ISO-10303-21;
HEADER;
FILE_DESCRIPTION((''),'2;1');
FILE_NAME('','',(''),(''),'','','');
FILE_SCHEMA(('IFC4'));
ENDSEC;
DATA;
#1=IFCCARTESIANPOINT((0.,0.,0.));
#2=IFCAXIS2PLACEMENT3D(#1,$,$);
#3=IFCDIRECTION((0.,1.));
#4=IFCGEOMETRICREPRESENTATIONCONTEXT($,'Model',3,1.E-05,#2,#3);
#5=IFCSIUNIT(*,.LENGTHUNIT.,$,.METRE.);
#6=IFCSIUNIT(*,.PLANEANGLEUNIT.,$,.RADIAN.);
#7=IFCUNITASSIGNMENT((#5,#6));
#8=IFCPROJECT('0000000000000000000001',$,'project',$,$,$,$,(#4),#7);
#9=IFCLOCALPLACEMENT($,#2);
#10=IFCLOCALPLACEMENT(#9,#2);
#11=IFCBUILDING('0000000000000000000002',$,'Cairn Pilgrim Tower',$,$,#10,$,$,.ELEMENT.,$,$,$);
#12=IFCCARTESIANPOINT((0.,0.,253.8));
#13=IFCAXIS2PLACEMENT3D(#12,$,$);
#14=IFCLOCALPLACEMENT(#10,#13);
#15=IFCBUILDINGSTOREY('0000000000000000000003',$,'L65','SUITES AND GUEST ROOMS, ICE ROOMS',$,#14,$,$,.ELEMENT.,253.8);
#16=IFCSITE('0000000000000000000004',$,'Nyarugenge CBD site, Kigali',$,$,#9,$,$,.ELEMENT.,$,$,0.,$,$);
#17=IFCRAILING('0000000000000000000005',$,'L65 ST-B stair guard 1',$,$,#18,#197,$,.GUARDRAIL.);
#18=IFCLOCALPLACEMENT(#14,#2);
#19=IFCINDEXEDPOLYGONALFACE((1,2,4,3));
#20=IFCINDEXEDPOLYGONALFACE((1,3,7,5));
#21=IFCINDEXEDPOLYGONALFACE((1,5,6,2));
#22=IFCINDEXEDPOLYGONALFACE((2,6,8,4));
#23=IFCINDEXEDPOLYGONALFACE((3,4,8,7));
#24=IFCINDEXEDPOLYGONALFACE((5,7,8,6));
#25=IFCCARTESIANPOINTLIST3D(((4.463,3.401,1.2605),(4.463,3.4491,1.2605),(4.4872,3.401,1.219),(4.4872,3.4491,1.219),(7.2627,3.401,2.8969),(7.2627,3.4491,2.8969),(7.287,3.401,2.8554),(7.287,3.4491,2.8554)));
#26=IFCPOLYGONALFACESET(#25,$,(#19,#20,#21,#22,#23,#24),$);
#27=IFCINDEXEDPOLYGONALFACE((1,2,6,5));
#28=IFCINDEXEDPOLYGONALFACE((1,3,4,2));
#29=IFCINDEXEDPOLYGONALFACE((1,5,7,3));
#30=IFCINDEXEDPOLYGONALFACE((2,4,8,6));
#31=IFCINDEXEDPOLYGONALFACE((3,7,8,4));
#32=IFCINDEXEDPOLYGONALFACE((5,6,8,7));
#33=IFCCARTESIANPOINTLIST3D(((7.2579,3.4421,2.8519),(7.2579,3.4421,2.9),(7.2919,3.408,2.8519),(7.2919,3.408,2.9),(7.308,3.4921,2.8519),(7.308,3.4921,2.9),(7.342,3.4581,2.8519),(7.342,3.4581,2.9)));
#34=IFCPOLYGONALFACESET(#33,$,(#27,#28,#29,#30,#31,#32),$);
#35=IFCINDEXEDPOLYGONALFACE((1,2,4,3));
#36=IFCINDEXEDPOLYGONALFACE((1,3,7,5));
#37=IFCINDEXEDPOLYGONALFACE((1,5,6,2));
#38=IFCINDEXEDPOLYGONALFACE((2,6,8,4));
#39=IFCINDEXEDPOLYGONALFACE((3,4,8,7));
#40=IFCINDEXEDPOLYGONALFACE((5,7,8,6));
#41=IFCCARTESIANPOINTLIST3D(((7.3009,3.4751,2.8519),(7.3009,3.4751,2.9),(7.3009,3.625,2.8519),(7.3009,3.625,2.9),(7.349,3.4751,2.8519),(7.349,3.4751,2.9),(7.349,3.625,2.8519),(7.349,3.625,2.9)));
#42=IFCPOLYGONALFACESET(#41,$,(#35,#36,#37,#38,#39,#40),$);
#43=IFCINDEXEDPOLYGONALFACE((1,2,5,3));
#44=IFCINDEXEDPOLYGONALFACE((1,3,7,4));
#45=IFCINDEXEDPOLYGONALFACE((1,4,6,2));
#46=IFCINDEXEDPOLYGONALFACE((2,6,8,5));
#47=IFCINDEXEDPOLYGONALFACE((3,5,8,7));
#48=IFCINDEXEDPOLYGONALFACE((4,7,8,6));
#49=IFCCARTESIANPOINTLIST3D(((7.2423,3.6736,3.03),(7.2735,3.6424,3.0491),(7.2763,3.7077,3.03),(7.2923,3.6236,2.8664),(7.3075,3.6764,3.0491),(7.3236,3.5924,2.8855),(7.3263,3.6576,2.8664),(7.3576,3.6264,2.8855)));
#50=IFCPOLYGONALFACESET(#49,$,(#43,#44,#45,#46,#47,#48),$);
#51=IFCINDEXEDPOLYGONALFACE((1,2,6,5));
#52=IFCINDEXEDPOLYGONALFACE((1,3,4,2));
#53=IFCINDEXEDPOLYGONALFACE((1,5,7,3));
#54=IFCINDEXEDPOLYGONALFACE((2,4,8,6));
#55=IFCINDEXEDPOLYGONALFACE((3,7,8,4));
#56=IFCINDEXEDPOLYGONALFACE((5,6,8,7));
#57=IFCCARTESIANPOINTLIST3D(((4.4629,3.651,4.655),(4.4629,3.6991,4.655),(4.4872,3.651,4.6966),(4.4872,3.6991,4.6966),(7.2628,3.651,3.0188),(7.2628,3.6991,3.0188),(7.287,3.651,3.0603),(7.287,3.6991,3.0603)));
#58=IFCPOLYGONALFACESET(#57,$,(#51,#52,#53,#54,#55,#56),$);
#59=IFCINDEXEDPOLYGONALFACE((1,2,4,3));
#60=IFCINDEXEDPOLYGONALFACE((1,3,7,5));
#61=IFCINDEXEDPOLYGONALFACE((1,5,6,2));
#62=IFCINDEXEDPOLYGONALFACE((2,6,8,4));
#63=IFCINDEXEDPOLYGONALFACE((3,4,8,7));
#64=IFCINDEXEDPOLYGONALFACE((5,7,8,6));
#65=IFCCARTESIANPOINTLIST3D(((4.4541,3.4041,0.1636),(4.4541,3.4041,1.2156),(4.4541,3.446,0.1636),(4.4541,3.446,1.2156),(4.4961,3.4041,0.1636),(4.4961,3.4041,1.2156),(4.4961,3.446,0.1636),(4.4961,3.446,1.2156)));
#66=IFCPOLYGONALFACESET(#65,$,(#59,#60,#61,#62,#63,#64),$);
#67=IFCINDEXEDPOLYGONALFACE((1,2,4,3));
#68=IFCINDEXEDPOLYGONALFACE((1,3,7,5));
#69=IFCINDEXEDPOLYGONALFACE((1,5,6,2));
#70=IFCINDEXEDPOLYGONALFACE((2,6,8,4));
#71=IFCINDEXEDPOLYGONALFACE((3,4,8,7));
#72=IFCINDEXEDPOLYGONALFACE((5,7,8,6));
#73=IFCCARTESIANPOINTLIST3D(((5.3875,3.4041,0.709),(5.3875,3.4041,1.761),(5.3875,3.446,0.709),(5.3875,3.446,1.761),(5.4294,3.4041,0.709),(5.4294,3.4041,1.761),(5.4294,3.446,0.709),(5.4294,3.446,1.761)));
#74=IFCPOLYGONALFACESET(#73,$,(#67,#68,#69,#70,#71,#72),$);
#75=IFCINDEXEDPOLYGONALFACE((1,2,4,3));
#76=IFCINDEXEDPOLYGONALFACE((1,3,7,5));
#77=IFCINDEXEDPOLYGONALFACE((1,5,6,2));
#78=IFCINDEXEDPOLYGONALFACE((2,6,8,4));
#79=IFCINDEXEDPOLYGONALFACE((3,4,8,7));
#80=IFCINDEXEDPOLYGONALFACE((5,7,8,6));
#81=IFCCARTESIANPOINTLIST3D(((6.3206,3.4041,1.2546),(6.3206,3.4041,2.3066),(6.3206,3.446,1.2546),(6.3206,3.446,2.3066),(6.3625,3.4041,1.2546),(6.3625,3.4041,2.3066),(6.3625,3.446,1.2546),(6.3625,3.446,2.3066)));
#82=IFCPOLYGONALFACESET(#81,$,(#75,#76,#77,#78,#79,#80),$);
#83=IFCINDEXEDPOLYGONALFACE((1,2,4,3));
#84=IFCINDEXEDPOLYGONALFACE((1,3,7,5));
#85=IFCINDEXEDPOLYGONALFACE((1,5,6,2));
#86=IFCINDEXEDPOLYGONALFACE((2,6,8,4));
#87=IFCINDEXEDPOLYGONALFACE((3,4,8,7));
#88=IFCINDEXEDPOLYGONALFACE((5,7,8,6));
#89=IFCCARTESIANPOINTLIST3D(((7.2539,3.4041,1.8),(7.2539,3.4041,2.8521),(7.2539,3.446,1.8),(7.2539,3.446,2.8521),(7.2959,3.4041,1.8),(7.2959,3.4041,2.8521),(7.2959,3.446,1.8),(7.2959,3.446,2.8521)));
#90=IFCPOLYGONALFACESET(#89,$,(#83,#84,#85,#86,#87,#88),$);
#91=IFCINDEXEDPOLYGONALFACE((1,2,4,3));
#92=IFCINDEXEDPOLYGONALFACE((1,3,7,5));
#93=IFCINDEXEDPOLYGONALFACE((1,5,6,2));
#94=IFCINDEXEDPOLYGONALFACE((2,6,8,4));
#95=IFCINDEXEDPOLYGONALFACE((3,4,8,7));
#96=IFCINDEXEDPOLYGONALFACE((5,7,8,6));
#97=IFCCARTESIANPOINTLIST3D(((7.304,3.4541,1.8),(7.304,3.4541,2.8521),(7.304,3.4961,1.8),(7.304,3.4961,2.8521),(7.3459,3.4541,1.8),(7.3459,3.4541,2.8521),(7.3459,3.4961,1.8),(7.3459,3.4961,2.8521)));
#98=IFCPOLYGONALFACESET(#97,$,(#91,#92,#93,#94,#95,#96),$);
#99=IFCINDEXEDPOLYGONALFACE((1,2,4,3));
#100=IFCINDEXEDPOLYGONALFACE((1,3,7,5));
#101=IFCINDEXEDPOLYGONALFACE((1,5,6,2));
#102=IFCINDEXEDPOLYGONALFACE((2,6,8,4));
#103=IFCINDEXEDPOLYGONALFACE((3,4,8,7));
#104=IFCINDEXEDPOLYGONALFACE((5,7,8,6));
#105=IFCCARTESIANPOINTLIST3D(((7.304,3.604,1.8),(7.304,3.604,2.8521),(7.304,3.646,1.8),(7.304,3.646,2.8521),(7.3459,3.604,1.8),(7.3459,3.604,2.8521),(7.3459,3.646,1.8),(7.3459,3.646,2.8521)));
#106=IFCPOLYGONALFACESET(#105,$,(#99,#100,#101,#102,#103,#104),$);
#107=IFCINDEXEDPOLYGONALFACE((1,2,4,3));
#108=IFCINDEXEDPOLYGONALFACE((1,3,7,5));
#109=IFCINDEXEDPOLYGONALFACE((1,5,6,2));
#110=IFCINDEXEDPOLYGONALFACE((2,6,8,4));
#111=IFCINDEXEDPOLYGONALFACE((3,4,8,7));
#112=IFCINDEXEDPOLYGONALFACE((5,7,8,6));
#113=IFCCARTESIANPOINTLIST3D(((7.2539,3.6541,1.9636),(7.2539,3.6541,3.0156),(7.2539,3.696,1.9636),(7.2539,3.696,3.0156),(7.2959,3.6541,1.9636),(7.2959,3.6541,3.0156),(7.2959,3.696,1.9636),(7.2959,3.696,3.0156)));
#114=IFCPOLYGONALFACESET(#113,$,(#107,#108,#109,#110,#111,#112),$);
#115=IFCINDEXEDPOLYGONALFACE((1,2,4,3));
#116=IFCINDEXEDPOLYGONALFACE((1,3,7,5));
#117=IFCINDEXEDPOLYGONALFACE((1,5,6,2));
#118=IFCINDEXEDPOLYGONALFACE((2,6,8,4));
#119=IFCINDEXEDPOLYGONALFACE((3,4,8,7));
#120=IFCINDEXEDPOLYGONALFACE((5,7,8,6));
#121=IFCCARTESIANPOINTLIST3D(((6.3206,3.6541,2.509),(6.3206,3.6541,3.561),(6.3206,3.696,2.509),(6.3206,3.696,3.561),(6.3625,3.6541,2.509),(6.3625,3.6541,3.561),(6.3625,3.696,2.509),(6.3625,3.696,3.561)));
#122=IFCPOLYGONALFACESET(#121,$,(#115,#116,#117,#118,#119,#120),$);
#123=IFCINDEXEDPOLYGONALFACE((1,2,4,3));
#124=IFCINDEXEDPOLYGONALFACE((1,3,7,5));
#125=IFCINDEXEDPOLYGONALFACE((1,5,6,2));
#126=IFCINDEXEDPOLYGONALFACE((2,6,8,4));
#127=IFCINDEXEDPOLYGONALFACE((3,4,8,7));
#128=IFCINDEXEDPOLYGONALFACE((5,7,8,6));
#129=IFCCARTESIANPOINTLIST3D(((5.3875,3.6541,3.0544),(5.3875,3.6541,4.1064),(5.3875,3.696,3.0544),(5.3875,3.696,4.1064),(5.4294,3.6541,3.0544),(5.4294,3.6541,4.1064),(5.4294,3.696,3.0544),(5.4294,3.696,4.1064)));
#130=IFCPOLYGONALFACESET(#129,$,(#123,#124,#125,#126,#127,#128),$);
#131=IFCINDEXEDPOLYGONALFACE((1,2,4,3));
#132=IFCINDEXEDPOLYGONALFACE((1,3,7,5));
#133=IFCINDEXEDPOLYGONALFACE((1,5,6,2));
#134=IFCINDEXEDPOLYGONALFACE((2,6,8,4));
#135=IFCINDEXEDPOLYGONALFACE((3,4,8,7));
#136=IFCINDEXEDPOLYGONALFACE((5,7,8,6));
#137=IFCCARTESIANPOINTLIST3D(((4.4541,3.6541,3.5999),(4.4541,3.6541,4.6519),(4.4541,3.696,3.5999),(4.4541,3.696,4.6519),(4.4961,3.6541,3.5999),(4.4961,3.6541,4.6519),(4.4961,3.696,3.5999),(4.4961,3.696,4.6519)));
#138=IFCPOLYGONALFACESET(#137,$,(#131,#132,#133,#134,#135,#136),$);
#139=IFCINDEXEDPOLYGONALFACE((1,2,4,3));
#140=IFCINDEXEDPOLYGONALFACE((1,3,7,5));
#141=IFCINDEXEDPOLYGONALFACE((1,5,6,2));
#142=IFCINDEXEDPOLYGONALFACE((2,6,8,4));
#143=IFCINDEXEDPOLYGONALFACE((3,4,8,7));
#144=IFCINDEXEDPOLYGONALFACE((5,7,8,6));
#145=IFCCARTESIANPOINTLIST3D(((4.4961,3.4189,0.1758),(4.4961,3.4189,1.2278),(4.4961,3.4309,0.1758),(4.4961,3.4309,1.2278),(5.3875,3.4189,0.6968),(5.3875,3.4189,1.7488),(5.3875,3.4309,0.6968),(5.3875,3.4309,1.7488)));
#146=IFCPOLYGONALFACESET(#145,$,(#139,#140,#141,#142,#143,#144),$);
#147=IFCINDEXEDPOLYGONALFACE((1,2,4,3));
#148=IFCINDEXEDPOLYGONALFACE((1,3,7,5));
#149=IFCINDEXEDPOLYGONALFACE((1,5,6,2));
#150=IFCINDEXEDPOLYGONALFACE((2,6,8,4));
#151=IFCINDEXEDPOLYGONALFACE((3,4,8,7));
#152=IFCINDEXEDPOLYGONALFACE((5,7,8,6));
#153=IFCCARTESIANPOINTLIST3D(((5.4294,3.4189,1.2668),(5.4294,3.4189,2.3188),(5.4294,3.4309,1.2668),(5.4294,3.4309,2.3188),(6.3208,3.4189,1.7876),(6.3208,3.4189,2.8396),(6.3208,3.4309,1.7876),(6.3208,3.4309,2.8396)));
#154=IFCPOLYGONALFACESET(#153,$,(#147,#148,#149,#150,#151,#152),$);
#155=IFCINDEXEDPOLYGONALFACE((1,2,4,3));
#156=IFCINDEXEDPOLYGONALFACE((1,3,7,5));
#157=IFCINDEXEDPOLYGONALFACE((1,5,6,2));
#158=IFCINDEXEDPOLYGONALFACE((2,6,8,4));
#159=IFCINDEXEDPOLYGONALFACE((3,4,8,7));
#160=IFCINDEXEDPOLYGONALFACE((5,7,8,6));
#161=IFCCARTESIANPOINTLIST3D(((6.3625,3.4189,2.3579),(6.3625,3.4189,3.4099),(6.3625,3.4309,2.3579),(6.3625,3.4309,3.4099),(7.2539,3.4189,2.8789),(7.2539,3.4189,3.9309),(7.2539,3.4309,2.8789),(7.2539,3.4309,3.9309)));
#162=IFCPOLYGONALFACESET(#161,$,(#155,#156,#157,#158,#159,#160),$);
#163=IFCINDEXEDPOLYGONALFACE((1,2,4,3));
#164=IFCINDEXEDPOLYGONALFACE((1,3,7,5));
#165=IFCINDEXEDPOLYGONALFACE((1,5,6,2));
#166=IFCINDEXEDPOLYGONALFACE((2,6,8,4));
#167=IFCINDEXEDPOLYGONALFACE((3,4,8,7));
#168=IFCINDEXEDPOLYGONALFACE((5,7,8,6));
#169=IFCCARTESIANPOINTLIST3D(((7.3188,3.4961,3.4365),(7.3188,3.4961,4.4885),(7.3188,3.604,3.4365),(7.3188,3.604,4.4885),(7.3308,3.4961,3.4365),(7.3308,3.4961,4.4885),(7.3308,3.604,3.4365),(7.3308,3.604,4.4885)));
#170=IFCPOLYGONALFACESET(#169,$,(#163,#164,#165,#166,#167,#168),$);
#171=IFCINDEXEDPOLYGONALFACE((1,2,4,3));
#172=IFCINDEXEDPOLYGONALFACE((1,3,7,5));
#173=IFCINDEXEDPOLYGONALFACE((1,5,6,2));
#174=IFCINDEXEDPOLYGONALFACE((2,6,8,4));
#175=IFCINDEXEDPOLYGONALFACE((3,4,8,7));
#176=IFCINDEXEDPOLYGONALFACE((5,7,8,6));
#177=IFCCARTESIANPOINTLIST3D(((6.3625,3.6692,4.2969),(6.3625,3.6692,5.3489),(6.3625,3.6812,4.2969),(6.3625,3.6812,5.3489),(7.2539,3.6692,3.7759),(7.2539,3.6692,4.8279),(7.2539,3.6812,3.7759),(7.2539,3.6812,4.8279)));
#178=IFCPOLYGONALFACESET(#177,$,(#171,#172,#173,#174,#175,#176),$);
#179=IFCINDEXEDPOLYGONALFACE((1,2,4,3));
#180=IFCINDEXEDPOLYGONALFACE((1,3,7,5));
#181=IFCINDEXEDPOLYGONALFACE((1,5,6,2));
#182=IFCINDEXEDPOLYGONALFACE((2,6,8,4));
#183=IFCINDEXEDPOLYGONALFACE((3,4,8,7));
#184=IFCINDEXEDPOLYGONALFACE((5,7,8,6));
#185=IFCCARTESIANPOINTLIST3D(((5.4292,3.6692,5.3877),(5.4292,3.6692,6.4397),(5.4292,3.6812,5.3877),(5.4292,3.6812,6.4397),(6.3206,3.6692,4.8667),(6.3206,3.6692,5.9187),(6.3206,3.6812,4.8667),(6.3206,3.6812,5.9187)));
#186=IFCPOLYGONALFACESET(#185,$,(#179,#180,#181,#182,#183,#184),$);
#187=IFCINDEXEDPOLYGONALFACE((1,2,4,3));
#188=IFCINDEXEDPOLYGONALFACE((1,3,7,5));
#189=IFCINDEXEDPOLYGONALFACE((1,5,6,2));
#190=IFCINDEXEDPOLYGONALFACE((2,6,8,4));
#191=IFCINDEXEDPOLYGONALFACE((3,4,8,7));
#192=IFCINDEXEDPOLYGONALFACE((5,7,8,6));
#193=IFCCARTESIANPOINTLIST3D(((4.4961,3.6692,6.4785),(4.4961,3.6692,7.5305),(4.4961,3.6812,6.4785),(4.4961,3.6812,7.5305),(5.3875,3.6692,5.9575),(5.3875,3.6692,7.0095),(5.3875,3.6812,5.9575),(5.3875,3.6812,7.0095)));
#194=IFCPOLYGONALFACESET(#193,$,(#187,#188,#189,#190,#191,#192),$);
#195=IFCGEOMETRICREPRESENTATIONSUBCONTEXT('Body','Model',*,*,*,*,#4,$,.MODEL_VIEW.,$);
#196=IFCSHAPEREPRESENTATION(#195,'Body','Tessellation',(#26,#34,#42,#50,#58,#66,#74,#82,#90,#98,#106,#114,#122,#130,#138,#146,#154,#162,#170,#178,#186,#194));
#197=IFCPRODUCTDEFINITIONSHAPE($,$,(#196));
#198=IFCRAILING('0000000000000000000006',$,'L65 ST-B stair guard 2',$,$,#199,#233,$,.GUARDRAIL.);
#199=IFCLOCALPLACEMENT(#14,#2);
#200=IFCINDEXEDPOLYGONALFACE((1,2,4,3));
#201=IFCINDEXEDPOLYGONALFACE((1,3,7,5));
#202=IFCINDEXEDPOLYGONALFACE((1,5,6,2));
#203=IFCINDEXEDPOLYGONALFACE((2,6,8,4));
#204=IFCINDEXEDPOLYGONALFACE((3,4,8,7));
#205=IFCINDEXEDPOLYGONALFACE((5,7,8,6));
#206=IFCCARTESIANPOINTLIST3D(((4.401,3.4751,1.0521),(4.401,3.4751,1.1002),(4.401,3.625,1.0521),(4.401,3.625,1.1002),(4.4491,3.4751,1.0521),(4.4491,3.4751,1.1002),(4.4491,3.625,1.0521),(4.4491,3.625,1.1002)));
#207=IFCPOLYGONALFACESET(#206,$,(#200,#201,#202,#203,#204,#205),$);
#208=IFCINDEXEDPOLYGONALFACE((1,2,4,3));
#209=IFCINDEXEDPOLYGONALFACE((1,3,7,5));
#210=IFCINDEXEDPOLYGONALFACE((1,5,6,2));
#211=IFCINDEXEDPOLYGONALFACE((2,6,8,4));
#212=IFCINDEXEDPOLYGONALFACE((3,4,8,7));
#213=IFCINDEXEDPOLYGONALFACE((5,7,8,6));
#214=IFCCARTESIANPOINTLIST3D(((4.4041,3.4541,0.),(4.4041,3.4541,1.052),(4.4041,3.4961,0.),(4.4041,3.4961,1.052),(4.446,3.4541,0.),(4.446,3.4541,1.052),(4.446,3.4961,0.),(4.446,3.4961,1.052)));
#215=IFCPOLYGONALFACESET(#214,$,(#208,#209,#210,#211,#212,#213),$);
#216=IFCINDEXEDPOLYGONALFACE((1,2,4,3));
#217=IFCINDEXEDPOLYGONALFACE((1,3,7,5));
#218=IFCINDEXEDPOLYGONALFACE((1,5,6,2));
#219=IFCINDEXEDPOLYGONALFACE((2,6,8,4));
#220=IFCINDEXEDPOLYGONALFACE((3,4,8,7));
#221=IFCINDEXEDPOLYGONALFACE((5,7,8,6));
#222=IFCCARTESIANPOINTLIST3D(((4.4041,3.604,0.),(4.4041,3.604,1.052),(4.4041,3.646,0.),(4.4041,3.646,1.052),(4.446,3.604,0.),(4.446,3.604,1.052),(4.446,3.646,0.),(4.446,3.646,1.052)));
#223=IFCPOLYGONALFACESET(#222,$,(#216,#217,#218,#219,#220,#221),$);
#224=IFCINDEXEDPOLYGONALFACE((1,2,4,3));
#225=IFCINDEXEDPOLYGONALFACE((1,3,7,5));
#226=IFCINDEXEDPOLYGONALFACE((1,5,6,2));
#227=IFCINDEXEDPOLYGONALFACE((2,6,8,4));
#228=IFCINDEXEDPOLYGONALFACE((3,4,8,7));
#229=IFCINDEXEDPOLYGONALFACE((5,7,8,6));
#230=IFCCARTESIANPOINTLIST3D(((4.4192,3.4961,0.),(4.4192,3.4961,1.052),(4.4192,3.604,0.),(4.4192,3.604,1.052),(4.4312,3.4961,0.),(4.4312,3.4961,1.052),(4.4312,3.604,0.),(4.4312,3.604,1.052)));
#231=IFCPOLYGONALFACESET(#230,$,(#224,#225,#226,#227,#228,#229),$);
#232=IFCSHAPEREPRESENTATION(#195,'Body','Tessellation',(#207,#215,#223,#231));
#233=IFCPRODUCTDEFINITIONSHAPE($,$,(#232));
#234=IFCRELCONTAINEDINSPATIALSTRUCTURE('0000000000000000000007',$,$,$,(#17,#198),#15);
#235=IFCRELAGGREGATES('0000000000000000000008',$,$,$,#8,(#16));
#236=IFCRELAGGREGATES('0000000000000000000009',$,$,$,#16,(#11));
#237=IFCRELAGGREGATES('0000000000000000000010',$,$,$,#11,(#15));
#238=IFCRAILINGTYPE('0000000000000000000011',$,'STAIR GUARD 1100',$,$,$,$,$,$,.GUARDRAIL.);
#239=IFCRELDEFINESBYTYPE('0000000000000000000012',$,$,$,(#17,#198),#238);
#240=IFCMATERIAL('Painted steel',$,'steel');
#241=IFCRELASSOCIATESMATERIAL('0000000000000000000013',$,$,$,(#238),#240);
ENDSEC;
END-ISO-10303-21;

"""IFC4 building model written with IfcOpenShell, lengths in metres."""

from ifc_helpers import new_model, si_unit, direction, frame, origin, origin_2d, place, context, subcontext, project, spatial, polyline, rectangle, outline, extrude, material, type_object, element, save


model = new_model("IFC4")

# Units and contexts
model_context = context("Model", 3, precision=1e-05, world=origin(), true_north=direction((0.0, 1.0)))
body_context = subcontext(model_context, "Body", "Model", "MODEL_VIEW")
ifc_project = project(units=[si_unit("LENGTHUNIT", "METRE"), si_unit("PLANEANGLEUNIT", "RADIAN")], contexts=[model_context])

# Site, building, storey
site_placement = place(None, origin())
site = spatial("IfcSite", under=ifc_project, at=site_placement, Name="Nyarugenge CBD site, Kigali", CompositionType="ELEMENT", RefElevation=0.0)
building_placement = place(site_placement, origin())
building = spatial("IfcBuilding", under=site, at=building_placement, Name="Cairn Pilgrim Tower", CompositionType="ELEMENT")
storey_placement = place(building_placement, frame((0.0, 0.0, 253.8)))
storey = spatial("IfcBuildingStorey", under=building, at=storey_placement, Name="L65", Description="SUITES AND GUEST ROOMS, ICE ROOMS", CompositionType="ELEMENT", Elevation=253.8)

# Shared definitions
ifc_material_1 = material(Name="Painted steel", Category="steel")

# Railings
railing_type_1 = type_object("IfcRailingType", Name="STAIR GUARD 1100", PredefinedType="GUARDRAIL", material=ifc_material_1)
railing_1_placement = place(storey_placement, frame((4.4751, 3.425, 0.1636)))
element("IfcRailing", 1, at=railing_1_placement, inside=storey, type_object=railing_type_1, Name="L65 ST-B stair guard 1", PredefinedType="GUARDRAIL", context=body_context, shape_type="SweptSolid", body=[
    extrude(rectangle(XDim=0.0481, YDim=0.0481, at=origin_2d()), frame((0.0, 0.0, 1.0762), z_axis=(0.863342, 0.0, 0.50462), x_axis=(0.0, 1.0, 0.0)), (0.0, 0.0, 1.0), 3.2429),
    extrude(rectangle(XDim=0.0481, YDim=0.0481, at=origin_2d()), frame((2.7998, 0.0, 2.7124), z_axis=(0.707107, 0.707107, 0.0), x_axis=(-0.707107, 0.707107, 0.0)), (0.0, 0.0, 1.0), 0.0708),
    extrude(rectangle(XDim=0.0481, YDim=0.0481, at=origin_2d()), frame((2.8499, 0.05, 2.7124), z_axis=(0.0, 1.0, 0.0), x_axis=(-1.0, 0.0, 0.0)), (0.0, 0.0, 1.0), 0.1499),
    extrude(rectangle(XDim=0.0481, YDim=0.0481, at=origin_2d()), frame((2.8499, 0.2, 2.7124), z_axis=(-0.280809, 0.280809, 0.917765), x_axis=(-0.707107, -0.707107, 0.0)), (0.0, 0.0, 1.0), 0.1782),
    extrude(rectangle(XDim=0.0481, YDim=0.0481, at=origin_2d()), frame((2.7998, 0.25, 2.876), z_axis=(-0.863374, 0.0, 0.504564), x_axis=(0.0, -1.0, 0.0)), (0.0, 0.0, 1.0), 3.2429),
    extrude(rectangle(XDim=0.042, YDim=0.042, at=origin_2d()), origin(), (0.0, 0.0, 1.0), 1.052),
    extrude(rectangle(XDim=0.042, YDim=0.042, at=origin_2d()), frame((0.9333, 0.0, 0.5454)), (0.0, 0.0, 1.0), 1.052),
    extrude(rectangle(XDim=0.042, YDim=0.042, at=origin_2d()), frame((1.8665, 0.0, 1.0911)), (0.0, 0.0, 1.0), 1.052),
    extrude(rectangle(XDim=0.042, YDim=0.042, at=origin_2d()), frame((2.7998, 0.0, 1.6365)), (0.0, 0.0, 1.0), 1.052),
    extrude(rectangle(XDim=0.042, YDim=0.042, at=origin_2d()), frame((2.8499, 0.05, 1.6365)), (0.0, 0.0, 1.0), 1.052),
    extrude(rectangle(XDim=0.042, YDim=0.042, at=origin_2d()), frame((2.8499, 0.2, 1.6365)), (0.0, 0.0, 1.0), 1.052),
    extrude(rectangle(XDim=0.042, YDim=0.042, at=origin_2d()), frame((2.7998, 0.25, 1.8)), (0.0, 0.0, 1.0), 1.052),
    extrude(rectangle(XDim=0.042, YDim=0.042, at=origin_2d()), frame((1.8665, 0.25, 2.3455)), (0.0, 0.0, 1.0), 1.052),
    extrude(rectangle(XDim=0.042, YDim=0.042, at=origin_2d()), frame((0.9333, 0.25, 2.8909)), (0.0, 0.0, 1.0), 1.052),
    extrude(rectangle(XDim=0.042, YDim=0.042, at=origin_2d()), frame((0.0, 0.25, 3.4363)), (0.0, 0.0, 1.0), 1.052),
    extrude(outline(polyline([(0.021, 0.0122), (0.9124, 0.5332), (0.9124, 1.5852), (0.021, 1.0642), (0.021, 0.0122)])), frame((0.0, 0.0059, 0.0), z_axis=(0.0, -1.0, 0.0), x_axis=(1.0, 0.0, 0.0)), (0.0, 0.0, 1.0), 0.012),
    extrude(outline(polyline([(0.021, 0.5579), (0.9124, 1.0786), (0.9124, 2.1306), (0.021, 1.6099), (0.021, 0.5579)])), frame((0.9333, 0.0059, 0.5454), z_axis=(0.0, -1.0, 0.0), x_axis=(1.0, 0.0, 0.0)), (0.0, 0.0, 1.0), 0.012),
    extrude(outline(polyline([(0.021, 1.1033), (0.9124, 1.6243), (0.9124, 2.6763), (0.021, 2.1553), (0.021, 1.1033)])), frame((1.8665, 0.0059, 1.0911), z_axis=(0.0, -1.0, 0.0), x_axis=(1.0, 0.0, 0.0)), (0.0, 0.0, 1.0), 0.012),
    extrude(outline(polyline([(0.021, 1.6365), (0.1289, 1.6365), (0.1289, 2.6885), (0.021, 2.6885), (0.021, 1.6365)])), frame((2.8438, 0.05, 1.6365), z_axis=(1.0, 0.0, 0.0), x_axis=(0.0, 1.0, 0.0)), (0.0, 0.0, 1.0), 0.012),
    extrude(outline(polyline([(0.021, 1.8123), (0.9124, 2.3333), (0.9124, 3.3853), (0.021, 2.8643), (0.021, 1.8123)])), frame((2.7998, 0.2441, 1.8), z_axis=(0.0, 1.0, 0.0), x_axis=(-1.0, 0.0, 0.0)), (0.0, 0.0, 1.0), 0.012),
    extrude(outline(polyline([(0.021, 2.3577), (0.9124, 2.8787), (0.9124, 3.9307), (0.021, 3.4097), (0.021, 2.3577)])), frame((1.8665, 0.2441, 2.3455), z_axis=(0.0, 1.0, 0.0), x_axis=(-1.0, 0.0, 0.0)), (0.0, 0.0, 1.0), 0.012),
    extrude(outline(polyline([(0.021, 2.9031), (0.9124, 3.4241), (0.9124, 4.4761), (0.021, 3.9551), (0.021, 2.9031)])), frame((0.9333, 0.2441, 2.8909), z_axis=(0.0, 1.0, 0.0), x_axis=(-1.0, 0.0, 0.0)), (0.0, 0.0, 1.0), 0.012),
])
railing_2_placement = place(storey_placement, frame((4.425, 3.4751, 0.0)))
element("IfcRailing", 2, at=railing_2_placement, inside=storey, type_object=railing_type_1, Name="L65 ST-B stair guard 2", PredefinedType="GUARDRAIL", context=body_context, shape_type="SweptSolid", body=[
    extrude(rectangle(XDim=0.0481, YDim=0.0481, at=origin_2d()), frame((0.0, 0.0, 1.0762), z_axis=(0.0, 1.0, 0.0), x_axis=(-1.0, 0.0, 0.0)), (0.0, 0.0, 1.0), 0.1499),
    extrude(rectangle(XDim=0.042, YDim=0.042, at=origin_2d()), origin(), (0.0, 0.0, 1.0), 1.052),
    extrude(rectangle(XDim=0.042, YDim=0.042, at=origin_2d()), frame((0.0, 0.1499, 0.0)), (0.0, 0.0, 1.0), 1.052),
    extrude(outline(polyline([(0.021, 0.0), (0.1289, 0.0), (0.1289, 1.052), (0.021, 1.052), (0.021, 0.0)])), frame((-0.0059, 0.0, 0.0), z_axis=(1.0, 0.0, 0.0), x_axis=(0.0, 1.0, 0.0)), (0.0, 0.0, 1.0), 0.012),
])

save(model, "model.ifc")
